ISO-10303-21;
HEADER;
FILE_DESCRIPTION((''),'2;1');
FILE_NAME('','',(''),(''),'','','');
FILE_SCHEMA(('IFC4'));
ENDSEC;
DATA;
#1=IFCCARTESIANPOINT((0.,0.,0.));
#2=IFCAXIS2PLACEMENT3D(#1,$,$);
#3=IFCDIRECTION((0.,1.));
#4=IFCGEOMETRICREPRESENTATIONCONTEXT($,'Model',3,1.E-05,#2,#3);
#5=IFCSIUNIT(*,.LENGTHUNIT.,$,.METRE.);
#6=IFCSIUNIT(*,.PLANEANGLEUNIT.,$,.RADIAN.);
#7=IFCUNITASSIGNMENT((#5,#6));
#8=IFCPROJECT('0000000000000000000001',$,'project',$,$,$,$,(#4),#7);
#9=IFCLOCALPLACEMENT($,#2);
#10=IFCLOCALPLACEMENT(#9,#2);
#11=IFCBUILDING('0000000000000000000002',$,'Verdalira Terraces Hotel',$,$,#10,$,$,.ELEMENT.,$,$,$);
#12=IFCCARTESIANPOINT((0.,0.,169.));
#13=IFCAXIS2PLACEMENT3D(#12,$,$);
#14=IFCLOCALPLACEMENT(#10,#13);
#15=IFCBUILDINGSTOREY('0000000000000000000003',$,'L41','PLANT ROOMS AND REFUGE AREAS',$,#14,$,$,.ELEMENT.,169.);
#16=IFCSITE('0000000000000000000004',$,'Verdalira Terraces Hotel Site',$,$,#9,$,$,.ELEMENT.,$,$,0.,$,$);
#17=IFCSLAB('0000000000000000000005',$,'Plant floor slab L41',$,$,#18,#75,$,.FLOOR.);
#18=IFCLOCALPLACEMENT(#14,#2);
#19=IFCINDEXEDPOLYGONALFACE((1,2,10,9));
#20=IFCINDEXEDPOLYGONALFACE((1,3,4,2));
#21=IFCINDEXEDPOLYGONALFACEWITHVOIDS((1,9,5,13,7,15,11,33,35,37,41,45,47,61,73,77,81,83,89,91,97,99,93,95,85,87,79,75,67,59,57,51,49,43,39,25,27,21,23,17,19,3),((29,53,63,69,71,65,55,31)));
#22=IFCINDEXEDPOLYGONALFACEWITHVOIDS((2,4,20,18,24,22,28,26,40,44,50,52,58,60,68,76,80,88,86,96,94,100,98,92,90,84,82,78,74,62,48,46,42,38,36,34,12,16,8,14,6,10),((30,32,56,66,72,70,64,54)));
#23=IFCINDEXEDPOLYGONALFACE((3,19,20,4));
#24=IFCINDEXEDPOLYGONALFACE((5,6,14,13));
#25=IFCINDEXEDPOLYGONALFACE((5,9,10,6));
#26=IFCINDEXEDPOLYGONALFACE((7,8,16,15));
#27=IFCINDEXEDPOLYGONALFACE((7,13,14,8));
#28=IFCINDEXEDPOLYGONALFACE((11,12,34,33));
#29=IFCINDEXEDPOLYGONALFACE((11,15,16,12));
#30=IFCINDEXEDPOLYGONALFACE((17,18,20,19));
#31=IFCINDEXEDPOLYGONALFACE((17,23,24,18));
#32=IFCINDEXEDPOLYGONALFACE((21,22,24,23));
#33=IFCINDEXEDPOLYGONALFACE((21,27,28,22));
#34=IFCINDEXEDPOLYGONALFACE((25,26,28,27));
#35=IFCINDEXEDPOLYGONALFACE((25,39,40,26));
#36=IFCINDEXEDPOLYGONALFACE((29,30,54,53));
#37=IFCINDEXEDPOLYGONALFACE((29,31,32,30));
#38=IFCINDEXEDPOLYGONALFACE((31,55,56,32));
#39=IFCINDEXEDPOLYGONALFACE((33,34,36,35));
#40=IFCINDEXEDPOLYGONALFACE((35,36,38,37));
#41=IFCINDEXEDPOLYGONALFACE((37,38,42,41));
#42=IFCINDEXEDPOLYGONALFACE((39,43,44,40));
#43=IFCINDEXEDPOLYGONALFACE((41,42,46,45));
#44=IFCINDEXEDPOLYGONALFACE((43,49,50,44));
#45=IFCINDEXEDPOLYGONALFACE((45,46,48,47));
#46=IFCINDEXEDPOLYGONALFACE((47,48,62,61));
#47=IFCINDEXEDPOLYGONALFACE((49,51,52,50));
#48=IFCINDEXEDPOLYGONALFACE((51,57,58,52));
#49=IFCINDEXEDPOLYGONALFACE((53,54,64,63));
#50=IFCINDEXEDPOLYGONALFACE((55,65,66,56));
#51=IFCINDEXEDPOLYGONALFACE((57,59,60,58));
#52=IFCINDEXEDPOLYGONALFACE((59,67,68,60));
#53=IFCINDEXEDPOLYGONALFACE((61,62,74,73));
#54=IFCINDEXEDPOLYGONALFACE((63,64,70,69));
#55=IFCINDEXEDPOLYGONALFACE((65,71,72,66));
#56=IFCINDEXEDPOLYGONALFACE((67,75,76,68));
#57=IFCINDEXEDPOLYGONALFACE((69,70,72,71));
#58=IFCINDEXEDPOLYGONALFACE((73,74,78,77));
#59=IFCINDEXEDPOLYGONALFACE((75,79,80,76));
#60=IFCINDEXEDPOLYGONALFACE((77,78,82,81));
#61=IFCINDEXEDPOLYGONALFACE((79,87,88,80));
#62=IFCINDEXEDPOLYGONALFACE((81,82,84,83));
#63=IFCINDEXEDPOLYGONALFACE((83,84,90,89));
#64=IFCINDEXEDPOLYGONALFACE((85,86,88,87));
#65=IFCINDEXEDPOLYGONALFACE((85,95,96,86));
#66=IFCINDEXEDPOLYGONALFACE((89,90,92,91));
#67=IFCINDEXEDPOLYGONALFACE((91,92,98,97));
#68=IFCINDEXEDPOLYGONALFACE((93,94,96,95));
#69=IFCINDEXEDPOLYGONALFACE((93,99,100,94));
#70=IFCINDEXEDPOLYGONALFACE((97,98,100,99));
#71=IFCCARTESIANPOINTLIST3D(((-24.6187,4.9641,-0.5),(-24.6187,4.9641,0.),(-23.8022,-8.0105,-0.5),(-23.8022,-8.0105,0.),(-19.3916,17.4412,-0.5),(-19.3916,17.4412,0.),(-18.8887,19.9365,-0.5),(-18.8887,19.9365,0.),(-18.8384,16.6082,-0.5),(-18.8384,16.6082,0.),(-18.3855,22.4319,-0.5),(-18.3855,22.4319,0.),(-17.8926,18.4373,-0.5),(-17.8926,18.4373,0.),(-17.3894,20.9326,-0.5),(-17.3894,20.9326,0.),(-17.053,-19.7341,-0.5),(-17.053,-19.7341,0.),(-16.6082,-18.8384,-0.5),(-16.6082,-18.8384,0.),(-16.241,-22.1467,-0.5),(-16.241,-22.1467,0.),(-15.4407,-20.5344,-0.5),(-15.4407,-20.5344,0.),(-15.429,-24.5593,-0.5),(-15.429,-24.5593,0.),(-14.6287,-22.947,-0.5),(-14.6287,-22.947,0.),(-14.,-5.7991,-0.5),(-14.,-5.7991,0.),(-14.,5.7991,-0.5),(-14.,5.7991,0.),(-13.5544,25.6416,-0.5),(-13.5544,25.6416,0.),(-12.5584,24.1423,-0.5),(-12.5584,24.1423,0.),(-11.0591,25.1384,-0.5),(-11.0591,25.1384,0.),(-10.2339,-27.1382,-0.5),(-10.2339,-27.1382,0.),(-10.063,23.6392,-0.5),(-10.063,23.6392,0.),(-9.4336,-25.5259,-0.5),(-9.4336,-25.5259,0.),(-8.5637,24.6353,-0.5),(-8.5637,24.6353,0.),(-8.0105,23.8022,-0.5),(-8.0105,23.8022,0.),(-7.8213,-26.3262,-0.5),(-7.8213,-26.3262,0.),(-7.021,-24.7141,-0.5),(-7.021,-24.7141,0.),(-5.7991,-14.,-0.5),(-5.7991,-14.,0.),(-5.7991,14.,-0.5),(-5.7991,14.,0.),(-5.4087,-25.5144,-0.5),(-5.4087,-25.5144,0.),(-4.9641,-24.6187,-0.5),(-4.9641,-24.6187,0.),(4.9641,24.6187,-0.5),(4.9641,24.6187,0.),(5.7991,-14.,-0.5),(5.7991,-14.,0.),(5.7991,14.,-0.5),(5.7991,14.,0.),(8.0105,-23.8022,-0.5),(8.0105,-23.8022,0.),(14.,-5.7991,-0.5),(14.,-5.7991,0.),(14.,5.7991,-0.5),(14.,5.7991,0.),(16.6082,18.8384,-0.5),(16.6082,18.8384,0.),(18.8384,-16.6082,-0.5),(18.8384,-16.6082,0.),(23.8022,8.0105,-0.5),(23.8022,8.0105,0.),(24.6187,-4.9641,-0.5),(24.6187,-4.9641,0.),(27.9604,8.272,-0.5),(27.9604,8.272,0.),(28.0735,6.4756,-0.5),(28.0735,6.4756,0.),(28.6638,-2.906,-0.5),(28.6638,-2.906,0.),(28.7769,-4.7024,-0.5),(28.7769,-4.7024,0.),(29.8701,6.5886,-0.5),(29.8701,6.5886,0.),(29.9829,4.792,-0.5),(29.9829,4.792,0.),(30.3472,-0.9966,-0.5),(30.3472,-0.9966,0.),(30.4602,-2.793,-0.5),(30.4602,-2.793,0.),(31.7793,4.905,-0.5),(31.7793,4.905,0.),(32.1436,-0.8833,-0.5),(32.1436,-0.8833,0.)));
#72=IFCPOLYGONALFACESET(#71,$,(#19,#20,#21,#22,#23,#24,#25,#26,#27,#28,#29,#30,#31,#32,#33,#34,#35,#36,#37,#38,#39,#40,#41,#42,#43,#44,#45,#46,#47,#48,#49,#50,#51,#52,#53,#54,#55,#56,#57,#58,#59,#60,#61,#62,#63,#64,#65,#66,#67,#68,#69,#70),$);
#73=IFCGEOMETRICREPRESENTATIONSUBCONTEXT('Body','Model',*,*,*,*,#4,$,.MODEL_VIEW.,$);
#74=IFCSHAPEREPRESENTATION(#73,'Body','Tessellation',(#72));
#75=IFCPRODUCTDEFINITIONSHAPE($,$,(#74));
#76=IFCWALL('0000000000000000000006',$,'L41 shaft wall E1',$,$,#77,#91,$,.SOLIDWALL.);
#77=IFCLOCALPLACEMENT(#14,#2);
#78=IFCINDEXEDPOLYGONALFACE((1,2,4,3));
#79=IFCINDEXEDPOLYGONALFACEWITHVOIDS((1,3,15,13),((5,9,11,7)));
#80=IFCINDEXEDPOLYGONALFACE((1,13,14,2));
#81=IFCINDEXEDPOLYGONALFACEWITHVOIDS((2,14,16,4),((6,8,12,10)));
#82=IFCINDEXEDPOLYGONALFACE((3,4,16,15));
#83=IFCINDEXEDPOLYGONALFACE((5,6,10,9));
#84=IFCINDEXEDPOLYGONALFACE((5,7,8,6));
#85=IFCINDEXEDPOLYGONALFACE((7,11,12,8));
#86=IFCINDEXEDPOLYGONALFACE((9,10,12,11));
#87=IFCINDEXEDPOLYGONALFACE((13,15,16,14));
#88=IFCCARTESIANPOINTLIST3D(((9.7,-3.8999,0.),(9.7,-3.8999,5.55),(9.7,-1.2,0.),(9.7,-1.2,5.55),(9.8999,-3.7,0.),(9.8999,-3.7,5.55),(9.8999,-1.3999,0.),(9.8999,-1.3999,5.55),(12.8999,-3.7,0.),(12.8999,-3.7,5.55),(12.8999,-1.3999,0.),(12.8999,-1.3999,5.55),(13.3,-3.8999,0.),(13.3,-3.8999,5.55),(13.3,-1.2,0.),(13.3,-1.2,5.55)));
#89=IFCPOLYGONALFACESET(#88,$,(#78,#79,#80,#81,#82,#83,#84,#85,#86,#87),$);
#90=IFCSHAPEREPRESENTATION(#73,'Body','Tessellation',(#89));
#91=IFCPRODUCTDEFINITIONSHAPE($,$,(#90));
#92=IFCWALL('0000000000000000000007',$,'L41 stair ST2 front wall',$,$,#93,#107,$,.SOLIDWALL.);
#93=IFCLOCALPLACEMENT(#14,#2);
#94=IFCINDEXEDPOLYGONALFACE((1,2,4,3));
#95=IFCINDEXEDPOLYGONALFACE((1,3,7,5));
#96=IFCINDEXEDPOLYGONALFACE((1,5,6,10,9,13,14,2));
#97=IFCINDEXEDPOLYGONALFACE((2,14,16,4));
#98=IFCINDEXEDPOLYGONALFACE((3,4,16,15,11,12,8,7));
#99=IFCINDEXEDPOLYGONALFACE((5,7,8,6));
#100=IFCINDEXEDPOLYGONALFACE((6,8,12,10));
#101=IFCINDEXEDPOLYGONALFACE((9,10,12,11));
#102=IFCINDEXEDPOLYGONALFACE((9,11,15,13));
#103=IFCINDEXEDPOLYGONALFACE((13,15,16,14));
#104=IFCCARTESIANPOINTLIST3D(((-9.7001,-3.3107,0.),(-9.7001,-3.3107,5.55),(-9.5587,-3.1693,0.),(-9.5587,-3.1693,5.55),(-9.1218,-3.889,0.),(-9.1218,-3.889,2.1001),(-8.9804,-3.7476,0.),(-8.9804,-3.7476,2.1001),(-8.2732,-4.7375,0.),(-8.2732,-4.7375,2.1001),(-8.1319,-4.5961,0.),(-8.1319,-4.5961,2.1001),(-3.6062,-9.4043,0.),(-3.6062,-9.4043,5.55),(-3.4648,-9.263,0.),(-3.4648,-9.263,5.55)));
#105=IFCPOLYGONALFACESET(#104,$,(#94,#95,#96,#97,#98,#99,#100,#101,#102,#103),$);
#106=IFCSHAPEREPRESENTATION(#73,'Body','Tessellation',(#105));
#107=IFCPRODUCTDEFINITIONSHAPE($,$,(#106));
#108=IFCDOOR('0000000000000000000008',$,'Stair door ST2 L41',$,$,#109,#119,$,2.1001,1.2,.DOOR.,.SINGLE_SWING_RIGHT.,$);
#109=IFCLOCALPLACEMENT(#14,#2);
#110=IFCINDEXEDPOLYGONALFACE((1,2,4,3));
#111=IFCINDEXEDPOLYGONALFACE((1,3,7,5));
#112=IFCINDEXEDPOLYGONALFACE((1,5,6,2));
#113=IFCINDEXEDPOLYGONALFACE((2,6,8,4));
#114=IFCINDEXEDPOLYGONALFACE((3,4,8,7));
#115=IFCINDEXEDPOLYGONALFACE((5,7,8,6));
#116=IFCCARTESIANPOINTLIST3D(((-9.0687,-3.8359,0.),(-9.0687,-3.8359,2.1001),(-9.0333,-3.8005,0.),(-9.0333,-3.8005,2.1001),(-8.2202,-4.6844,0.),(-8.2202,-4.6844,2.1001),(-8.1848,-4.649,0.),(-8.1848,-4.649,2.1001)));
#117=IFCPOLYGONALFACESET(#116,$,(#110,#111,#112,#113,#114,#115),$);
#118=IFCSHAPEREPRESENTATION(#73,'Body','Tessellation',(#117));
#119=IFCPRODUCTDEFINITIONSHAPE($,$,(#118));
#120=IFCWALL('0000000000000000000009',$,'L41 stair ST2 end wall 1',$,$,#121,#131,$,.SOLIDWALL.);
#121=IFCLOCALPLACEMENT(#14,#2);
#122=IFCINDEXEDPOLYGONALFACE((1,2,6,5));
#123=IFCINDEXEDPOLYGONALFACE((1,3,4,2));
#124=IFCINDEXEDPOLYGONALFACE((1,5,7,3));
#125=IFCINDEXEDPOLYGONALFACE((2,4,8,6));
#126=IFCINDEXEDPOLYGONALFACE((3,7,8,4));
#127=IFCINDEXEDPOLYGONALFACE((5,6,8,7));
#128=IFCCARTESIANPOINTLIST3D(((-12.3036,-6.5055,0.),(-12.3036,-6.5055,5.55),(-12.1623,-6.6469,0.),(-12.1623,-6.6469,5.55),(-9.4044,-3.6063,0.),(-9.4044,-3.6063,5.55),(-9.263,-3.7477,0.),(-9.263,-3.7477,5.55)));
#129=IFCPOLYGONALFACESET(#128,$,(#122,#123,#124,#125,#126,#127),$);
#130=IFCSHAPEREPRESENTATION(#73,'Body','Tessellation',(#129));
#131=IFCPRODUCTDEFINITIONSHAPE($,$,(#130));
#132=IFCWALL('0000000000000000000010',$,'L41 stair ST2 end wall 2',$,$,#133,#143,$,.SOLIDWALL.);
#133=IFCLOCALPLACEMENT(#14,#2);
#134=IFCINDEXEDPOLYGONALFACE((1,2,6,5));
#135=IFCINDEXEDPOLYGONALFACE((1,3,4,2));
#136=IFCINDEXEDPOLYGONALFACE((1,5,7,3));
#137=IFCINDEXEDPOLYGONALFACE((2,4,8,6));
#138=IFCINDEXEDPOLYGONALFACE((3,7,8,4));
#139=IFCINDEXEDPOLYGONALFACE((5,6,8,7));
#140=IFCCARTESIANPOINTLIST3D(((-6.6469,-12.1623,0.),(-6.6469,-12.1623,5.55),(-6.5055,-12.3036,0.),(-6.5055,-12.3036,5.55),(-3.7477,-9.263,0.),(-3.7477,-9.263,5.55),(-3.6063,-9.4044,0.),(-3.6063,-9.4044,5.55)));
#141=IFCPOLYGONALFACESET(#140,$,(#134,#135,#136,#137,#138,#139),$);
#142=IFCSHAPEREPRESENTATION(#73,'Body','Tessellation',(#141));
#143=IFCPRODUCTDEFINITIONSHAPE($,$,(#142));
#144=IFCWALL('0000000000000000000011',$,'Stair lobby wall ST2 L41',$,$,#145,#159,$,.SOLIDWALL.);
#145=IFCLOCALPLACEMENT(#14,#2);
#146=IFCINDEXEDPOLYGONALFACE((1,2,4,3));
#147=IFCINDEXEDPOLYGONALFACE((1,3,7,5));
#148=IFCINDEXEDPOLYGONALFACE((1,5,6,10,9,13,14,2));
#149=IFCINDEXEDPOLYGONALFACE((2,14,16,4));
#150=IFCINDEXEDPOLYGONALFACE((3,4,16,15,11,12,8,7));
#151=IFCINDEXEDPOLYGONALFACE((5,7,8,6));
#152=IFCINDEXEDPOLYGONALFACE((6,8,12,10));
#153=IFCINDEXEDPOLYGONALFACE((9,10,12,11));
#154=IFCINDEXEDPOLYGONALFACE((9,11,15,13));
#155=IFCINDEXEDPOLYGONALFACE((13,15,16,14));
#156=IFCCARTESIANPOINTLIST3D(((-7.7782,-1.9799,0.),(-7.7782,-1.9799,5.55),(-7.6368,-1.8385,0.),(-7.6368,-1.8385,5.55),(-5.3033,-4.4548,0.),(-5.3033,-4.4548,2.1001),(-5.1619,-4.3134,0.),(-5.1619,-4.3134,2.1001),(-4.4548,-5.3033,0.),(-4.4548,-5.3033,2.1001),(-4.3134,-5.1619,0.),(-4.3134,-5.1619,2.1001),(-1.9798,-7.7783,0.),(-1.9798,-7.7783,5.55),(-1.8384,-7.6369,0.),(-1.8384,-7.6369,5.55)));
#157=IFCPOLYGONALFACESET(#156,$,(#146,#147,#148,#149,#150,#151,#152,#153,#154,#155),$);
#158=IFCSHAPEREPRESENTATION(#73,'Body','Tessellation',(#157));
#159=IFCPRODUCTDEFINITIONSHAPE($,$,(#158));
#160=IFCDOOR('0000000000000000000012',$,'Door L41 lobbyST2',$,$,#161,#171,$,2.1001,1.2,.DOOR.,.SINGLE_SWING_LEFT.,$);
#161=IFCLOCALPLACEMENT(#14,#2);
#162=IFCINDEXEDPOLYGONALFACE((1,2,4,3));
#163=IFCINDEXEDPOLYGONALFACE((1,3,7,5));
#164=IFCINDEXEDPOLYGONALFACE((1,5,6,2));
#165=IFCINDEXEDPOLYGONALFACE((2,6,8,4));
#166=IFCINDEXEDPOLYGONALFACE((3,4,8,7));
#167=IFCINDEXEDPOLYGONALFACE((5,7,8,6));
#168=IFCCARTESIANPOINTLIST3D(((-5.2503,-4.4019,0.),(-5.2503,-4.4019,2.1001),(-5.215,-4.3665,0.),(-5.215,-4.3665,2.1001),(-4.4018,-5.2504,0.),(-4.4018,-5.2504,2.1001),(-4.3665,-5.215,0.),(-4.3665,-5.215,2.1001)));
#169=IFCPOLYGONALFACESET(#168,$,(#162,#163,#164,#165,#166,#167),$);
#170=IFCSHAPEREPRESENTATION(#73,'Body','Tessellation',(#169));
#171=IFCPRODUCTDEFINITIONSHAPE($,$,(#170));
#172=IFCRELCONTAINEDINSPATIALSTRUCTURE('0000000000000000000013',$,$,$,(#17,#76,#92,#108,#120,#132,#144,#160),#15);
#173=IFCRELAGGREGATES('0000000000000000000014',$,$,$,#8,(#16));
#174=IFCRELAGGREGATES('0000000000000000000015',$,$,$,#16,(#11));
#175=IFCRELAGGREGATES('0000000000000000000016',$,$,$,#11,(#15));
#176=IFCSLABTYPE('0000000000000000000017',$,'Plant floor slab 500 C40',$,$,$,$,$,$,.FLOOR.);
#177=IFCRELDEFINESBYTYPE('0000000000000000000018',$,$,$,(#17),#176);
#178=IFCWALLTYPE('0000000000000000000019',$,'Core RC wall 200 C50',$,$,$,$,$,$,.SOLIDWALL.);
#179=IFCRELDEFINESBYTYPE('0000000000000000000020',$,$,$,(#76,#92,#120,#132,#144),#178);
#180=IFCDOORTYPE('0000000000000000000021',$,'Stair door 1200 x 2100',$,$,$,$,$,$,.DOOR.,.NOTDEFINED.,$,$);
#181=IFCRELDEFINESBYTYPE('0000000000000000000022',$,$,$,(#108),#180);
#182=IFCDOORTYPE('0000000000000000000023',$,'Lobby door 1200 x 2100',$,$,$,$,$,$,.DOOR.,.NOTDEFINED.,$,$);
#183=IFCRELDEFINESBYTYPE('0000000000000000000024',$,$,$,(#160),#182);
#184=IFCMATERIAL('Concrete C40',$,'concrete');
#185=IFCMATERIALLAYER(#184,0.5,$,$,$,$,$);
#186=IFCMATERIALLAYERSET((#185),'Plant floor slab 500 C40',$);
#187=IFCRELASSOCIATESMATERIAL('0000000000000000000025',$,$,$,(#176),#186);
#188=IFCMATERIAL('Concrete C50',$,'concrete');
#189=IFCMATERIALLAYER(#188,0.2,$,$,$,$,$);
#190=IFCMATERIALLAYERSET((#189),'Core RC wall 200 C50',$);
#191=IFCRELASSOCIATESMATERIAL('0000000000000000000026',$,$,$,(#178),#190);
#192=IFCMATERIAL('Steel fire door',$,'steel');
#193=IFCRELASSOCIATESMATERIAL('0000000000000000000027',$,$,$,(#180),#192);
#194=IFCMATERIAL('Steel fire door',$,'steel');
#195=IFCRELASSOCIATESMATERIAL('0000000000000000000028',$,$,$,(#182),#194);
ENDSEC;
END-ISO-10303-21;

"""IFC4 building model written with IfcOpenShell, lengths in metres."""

from ifc_helpers import new_model, si_unit, direction, frame, frame_2d, origin, place, context, subcontext, project, spatial, polyline, rectangle, outline, extrude, material, layer, layer_set, type_object, element, fill, save


model = new_model("IFC4")

# Units and contexts
model_context = context("Model", 3, precision=1e-05, world=origin(), true_north=direction((0.0, 1.0)))
body_context = subcontext(model_context, "Body", "Model", "MODEL_VIEW")
ifc_project = project(units=[si_unit("LENGTHUNIT", "METRE"), si_unit("PLANEANGLEUNIT", "RADIAN")], contexts=[model_context])

# Site, building, storey
site_placement = place(None, origin())
site = spatial("IfcSite", under=ifc_project, at=site_placement, Name="Verdalira Terraces Hotel Site", CompositionType="ELEMENT", RefElevation=0.0)
building_placement = place(site_placement, origin())
building = spatial("IfcBuilding", under=site, at=building_placement, Name="Verdalira Terraces Hotel", CompositionType="ELEMENT")
storey_placement = place(building_placement, frame((0.0, 0.0, 169.0)))
storey = spatial("IfcBuildingStorey", under=building, at=storey_placement, Name="L41", Description="PLANT ROOMS AND REFUGE AREAS", CompositionType="ELEMENT", Elevation=169.0)

# Slab
ifc_material_1 = material(Name="Concrete C40", Category="concrete")
ifc_layer_1 = layer(ifc_material_1, 0.5)
ifc_layer_set_1 = layer_set([ifc_layer_1], Name="Plant floor slab 500 C40")
slab_type = type_object("IfcSlabType", Name="Plant floor slab 500 C40", PredefinedType="FLOOR", material=ifc_layer_set_1)
slab_placement = place(storey_placement, frame((0.0, 0.0, -0.5)))
element("IfcSlab", 1, at=slab_placement, inside=storey, type_object=slab_type, Name="Plant floor slab L41", PredefinedType="FLOOR", context=body_context, shape_type="SweptSolid", body=[
    extrude(outline(polyline([(4.9641, 24.6187), (-8.0105, 23.8022), (-8.5637, 24.6353), (-10.063, 23.6392), (-11.0591, 25.1384), (-12.5584, 24.1423), (-13.5544, 25.6416), (-18.3855, 22.4319), (-17.3894, 20.9326), (-18.8887, 19.9365), (-17.8926, 18.4373), (-19.3916, 17.4412), (-18.8384, 16.6082), (-24.6187, 4.9641), (-23.8022, -8.0105), (-16.6082, -18.8384), (-17.053, -19.7341), (-15.4407, -20.5344), (-16.241, -22.1467), (-14.6287, -22.947), (-15.429, -24.5593), (-10.2339, -27.1382), (-9.4336, -25.5259), (-7.8213, -26.3262), (-7.021, -24.7141), (-5.4087, -25.5144), (-4.9641, -24.6187), (8.0105, -23.8022), (18.8384, -16.6082), (24.6187, -4.9641), (28.7769, -4.7024), (28.6638, -2.906), (30.4602, -2.793), (30.3472, -0.9966), (32.1436, -0.8833), (31.7793, 4.905), (29.9829, 4.792), (29.8701, 6.5886), (28.0735, 6.4756), (27.9604, 8.272), (23.8022, 8.0105), (16.6082, 18.8384), (4.9641, 24.6187)]), holes=[polyline([(5.7991, 14.0), (14.0, 5.7991), (14.0, -5.7991), (5.7991, -14.0), (-5.7991, -14.0), (-14.0, -5.7991), (-14.0, 5.7991), (-5.7991, 14.0), (5.7991, 14.0)])]), origin(), (0.0, 0.0, 1.0), 0.5),
])

# Wall
ifc_material_2 = material(Name="Concrete C50", Category="concrete")
ifc_layer_2 = layer(ifc_material_2, 0.2)
ifc_layer_set_2 = layer_set([ifc_layer_2], Name="Core RC wall 200 C50")
wall_type_1 = type_object("IfcWallType", Name="Core RC wall 200 C50", PredefinedType="SOLIDWALL", material=ifc_layer_set_2)
wall_1_placement = place(storey_placement, origin())
element("IfcWall", 2, at=wall_1_placement, inside=storey, type_object=wall_type_1, Name="L41 shaft wall E1", PredefinedType="SOLIDWALL", context=body_context, shape_type="SweptSolid", body=[
    extrude(outline(polyline([(13.3, -1.2), (13.3, -3.8999), (9.7, -3.8999), (9.7, -1.2), (13.3, -1.2)]), holes=[polyline([(9.8999, -3.7), (12.8999, -3.7), (12.8999, -1.3999), (9.8999, -1.3999), (9.8999, -3.7)])]), origin(), (0.0, 0.0, 1.0), 5.55),
])

# Wall, opening, door
wall_2_placement = place(storey_placement, frame((-3.5354, -9.3337, 0.0), z_axis=(0.0, 0.0, 1.0), x_axis=(-0.707121, 0.707093, 0.0)))
wall_2 = element("IfcWall", 3, at=wall_2_placement, inside=storey, type_object=wall_type_1, Name="L41 stair ST2 front wall", PredefinedType="SOLIDWALL", context=body_context, shape_type="SweptSolid", body=[
    extrude(rectangle(XDim=8.6179, YDim=0.2, at=frame_2d((4.3091, 0.0))), origin(), (0.0, 0.0, 1.0), 5.55),
])
opening_1_placement = place(wall_2_placement, frame((6.6001, 0.0, 0.0)))
opening_1 = element("IfcOpeningElement", 4, at=opening_1_placement, cuts=wall_2, PredefinedType="OPENING", context=body_context, shape_type="SweptSolid", body=[
    extrude(rectangle(XDim=1.2, YDim=2.1001, at=frame_2d((0.6001, 1.05))), frame((0.0, 0.1099, 0.0), z_axis=(0.0, -1.0, 0.0), x_axis=(1.0, 0.0, 0.0)), (0.0, 0.0, 1.0), 0.22),
])
ifc_material_3 = material(Name="Steel fire door", Category="steel")
door_type_1 = type_object("IfcDoorType", Name="Stair door 1200 x 2100", OperationType="NOTDEFINED", PredefinedType="DOOR", material=ifc_material_3)
door_1_placement = place(opening_1_placement, origin())
door_1 = element("IfcDoor", 5, at=door_1_placement, inside=storey, type_object=door_type_1, Name="Stair door ST2 L41", OperationType="SINGLE_SWING_RIGHT", OverallHeight=2.1001, OverallWidth=1.2, PredefinedType="DOOR", context=body_context, shape_type="SweptSolid", body=[
    extrude(rectangle(XDim=1.2, YDim=2.1001, at=frame_2d((0.6001, 1.05))), frame((0.0, 0.0249, 0.0), z_axis=(0.0, -1.0, 0.0), x_axis=(1.0, 0.0, 0.0)), (0.0, 0.0, 1.0), 0.05),
])
fill(opening_1, door_1)

# Walls
for number, where, z_axis, x_axis, name in (
    (6, (-9.3337, -3.677, 0.0), (0.0, 0.0, 1.0), (-0.707107, -0.707107, 0.0), "L41 stair ST2 end wall 1"),
    (7, (-3.677, -9.3337, 0.0), (0.0, 0.0, 1.0), (-0.707107, -0.707107, 0.0), "L41 stair ST2 end wall 2"),
):
    element("IfcWall", number, at=place(storey_placement, frame(where, z_axis=z_axis, x_axis=x_axis)), inside=storey, type_object=wall_type_1, Name=name, PredefinedType="SOLIDWALL", context=body_context, shape_type="SweptSolid", body=[
        extrude(rectangle(XDim=4.1001, YDim=0.2, at=frame_2d((2.05, 0.0))), origin(), (0.0, 0.0, 1.0), 5.55),
    ])

# Wall, opening, door
wall_3_placement = place(storey_placement, frame((-7.7075, -1.9092, 0.0), z_axis=(0.0, 0.0, 1.0), x_axis=(0.707107, -0.707107, 0.0)))
wall_3 = element("IfcWall", 8, at=wall_3_placement, inside=storey, type_object=wall_type_1, Name="Stair lobby wall ST2 L41", PredefinedType="SOLIDWALL", context=body_context, shape_type="SweptSolid", body=[
    extrude(rectangle(XDim=8.2002, YDim=0.2, at=frame_2d((4.1001, 0.0))), origin(), (0.0, 0.0, 1.0), 5.55),
])
opening_2_placement = place(wall_3_placement, frame((3.5, 0.0, 0.0)))
opening_2 = element("IfcOpeningElement", 9, at=opening_2_placement, cuts=wall_3, PredefinedType="OPENING", context=body_context, shape_type="SweptSolid", body=[
    extrude(rectangle(XDim=1.2, YDim=2.1001, at=frame_2d((0.6001, 1.05))), frame((0.0, 0.1099, 0.0), z_axis=(0.0, -1.0, 0.0), x_axis=(1.0, 0.0, 0.0)), (0.0, 0.0, 1.0), 0.22),
])
ifc_material_4 = material(Name="Steel fire door", Category="steel")
door_type_2 = type_object("IfcDoorType", Name="Lobby door 1200 x 2100", OperationType="NOTDEFINED", PredefinedType="DOOR", material=ifc_material_4)
door_2_placement = place(opening_2_placement, origin())
door_2 = element("IfcDoor", 10, at=door_2_placement, inside=storey, type_object=door_type_2, Name="Door L41 lobbyST2", OperationType="SINGLE_SWING_LEFT", OverallHeight=2.1001, OverallWidth=1.2, PredefinedType="DOOR", context=body_context, shape_type="SweptSolid", body=[
    extrude(rectangle(XDim=1.2, YDim=2.1001, at=frame_2d((0.6001, 1.05))), frame((0.0, 0.0249, 0.0), z_axis=(0.0, -1.0, 0.0), x_axis=(1.0, 0.0, 0.0)), (0.0, 0.0, 1.0), 0.05),
])
fill(opening_2, door_2)

save(model, "model.ifc")
